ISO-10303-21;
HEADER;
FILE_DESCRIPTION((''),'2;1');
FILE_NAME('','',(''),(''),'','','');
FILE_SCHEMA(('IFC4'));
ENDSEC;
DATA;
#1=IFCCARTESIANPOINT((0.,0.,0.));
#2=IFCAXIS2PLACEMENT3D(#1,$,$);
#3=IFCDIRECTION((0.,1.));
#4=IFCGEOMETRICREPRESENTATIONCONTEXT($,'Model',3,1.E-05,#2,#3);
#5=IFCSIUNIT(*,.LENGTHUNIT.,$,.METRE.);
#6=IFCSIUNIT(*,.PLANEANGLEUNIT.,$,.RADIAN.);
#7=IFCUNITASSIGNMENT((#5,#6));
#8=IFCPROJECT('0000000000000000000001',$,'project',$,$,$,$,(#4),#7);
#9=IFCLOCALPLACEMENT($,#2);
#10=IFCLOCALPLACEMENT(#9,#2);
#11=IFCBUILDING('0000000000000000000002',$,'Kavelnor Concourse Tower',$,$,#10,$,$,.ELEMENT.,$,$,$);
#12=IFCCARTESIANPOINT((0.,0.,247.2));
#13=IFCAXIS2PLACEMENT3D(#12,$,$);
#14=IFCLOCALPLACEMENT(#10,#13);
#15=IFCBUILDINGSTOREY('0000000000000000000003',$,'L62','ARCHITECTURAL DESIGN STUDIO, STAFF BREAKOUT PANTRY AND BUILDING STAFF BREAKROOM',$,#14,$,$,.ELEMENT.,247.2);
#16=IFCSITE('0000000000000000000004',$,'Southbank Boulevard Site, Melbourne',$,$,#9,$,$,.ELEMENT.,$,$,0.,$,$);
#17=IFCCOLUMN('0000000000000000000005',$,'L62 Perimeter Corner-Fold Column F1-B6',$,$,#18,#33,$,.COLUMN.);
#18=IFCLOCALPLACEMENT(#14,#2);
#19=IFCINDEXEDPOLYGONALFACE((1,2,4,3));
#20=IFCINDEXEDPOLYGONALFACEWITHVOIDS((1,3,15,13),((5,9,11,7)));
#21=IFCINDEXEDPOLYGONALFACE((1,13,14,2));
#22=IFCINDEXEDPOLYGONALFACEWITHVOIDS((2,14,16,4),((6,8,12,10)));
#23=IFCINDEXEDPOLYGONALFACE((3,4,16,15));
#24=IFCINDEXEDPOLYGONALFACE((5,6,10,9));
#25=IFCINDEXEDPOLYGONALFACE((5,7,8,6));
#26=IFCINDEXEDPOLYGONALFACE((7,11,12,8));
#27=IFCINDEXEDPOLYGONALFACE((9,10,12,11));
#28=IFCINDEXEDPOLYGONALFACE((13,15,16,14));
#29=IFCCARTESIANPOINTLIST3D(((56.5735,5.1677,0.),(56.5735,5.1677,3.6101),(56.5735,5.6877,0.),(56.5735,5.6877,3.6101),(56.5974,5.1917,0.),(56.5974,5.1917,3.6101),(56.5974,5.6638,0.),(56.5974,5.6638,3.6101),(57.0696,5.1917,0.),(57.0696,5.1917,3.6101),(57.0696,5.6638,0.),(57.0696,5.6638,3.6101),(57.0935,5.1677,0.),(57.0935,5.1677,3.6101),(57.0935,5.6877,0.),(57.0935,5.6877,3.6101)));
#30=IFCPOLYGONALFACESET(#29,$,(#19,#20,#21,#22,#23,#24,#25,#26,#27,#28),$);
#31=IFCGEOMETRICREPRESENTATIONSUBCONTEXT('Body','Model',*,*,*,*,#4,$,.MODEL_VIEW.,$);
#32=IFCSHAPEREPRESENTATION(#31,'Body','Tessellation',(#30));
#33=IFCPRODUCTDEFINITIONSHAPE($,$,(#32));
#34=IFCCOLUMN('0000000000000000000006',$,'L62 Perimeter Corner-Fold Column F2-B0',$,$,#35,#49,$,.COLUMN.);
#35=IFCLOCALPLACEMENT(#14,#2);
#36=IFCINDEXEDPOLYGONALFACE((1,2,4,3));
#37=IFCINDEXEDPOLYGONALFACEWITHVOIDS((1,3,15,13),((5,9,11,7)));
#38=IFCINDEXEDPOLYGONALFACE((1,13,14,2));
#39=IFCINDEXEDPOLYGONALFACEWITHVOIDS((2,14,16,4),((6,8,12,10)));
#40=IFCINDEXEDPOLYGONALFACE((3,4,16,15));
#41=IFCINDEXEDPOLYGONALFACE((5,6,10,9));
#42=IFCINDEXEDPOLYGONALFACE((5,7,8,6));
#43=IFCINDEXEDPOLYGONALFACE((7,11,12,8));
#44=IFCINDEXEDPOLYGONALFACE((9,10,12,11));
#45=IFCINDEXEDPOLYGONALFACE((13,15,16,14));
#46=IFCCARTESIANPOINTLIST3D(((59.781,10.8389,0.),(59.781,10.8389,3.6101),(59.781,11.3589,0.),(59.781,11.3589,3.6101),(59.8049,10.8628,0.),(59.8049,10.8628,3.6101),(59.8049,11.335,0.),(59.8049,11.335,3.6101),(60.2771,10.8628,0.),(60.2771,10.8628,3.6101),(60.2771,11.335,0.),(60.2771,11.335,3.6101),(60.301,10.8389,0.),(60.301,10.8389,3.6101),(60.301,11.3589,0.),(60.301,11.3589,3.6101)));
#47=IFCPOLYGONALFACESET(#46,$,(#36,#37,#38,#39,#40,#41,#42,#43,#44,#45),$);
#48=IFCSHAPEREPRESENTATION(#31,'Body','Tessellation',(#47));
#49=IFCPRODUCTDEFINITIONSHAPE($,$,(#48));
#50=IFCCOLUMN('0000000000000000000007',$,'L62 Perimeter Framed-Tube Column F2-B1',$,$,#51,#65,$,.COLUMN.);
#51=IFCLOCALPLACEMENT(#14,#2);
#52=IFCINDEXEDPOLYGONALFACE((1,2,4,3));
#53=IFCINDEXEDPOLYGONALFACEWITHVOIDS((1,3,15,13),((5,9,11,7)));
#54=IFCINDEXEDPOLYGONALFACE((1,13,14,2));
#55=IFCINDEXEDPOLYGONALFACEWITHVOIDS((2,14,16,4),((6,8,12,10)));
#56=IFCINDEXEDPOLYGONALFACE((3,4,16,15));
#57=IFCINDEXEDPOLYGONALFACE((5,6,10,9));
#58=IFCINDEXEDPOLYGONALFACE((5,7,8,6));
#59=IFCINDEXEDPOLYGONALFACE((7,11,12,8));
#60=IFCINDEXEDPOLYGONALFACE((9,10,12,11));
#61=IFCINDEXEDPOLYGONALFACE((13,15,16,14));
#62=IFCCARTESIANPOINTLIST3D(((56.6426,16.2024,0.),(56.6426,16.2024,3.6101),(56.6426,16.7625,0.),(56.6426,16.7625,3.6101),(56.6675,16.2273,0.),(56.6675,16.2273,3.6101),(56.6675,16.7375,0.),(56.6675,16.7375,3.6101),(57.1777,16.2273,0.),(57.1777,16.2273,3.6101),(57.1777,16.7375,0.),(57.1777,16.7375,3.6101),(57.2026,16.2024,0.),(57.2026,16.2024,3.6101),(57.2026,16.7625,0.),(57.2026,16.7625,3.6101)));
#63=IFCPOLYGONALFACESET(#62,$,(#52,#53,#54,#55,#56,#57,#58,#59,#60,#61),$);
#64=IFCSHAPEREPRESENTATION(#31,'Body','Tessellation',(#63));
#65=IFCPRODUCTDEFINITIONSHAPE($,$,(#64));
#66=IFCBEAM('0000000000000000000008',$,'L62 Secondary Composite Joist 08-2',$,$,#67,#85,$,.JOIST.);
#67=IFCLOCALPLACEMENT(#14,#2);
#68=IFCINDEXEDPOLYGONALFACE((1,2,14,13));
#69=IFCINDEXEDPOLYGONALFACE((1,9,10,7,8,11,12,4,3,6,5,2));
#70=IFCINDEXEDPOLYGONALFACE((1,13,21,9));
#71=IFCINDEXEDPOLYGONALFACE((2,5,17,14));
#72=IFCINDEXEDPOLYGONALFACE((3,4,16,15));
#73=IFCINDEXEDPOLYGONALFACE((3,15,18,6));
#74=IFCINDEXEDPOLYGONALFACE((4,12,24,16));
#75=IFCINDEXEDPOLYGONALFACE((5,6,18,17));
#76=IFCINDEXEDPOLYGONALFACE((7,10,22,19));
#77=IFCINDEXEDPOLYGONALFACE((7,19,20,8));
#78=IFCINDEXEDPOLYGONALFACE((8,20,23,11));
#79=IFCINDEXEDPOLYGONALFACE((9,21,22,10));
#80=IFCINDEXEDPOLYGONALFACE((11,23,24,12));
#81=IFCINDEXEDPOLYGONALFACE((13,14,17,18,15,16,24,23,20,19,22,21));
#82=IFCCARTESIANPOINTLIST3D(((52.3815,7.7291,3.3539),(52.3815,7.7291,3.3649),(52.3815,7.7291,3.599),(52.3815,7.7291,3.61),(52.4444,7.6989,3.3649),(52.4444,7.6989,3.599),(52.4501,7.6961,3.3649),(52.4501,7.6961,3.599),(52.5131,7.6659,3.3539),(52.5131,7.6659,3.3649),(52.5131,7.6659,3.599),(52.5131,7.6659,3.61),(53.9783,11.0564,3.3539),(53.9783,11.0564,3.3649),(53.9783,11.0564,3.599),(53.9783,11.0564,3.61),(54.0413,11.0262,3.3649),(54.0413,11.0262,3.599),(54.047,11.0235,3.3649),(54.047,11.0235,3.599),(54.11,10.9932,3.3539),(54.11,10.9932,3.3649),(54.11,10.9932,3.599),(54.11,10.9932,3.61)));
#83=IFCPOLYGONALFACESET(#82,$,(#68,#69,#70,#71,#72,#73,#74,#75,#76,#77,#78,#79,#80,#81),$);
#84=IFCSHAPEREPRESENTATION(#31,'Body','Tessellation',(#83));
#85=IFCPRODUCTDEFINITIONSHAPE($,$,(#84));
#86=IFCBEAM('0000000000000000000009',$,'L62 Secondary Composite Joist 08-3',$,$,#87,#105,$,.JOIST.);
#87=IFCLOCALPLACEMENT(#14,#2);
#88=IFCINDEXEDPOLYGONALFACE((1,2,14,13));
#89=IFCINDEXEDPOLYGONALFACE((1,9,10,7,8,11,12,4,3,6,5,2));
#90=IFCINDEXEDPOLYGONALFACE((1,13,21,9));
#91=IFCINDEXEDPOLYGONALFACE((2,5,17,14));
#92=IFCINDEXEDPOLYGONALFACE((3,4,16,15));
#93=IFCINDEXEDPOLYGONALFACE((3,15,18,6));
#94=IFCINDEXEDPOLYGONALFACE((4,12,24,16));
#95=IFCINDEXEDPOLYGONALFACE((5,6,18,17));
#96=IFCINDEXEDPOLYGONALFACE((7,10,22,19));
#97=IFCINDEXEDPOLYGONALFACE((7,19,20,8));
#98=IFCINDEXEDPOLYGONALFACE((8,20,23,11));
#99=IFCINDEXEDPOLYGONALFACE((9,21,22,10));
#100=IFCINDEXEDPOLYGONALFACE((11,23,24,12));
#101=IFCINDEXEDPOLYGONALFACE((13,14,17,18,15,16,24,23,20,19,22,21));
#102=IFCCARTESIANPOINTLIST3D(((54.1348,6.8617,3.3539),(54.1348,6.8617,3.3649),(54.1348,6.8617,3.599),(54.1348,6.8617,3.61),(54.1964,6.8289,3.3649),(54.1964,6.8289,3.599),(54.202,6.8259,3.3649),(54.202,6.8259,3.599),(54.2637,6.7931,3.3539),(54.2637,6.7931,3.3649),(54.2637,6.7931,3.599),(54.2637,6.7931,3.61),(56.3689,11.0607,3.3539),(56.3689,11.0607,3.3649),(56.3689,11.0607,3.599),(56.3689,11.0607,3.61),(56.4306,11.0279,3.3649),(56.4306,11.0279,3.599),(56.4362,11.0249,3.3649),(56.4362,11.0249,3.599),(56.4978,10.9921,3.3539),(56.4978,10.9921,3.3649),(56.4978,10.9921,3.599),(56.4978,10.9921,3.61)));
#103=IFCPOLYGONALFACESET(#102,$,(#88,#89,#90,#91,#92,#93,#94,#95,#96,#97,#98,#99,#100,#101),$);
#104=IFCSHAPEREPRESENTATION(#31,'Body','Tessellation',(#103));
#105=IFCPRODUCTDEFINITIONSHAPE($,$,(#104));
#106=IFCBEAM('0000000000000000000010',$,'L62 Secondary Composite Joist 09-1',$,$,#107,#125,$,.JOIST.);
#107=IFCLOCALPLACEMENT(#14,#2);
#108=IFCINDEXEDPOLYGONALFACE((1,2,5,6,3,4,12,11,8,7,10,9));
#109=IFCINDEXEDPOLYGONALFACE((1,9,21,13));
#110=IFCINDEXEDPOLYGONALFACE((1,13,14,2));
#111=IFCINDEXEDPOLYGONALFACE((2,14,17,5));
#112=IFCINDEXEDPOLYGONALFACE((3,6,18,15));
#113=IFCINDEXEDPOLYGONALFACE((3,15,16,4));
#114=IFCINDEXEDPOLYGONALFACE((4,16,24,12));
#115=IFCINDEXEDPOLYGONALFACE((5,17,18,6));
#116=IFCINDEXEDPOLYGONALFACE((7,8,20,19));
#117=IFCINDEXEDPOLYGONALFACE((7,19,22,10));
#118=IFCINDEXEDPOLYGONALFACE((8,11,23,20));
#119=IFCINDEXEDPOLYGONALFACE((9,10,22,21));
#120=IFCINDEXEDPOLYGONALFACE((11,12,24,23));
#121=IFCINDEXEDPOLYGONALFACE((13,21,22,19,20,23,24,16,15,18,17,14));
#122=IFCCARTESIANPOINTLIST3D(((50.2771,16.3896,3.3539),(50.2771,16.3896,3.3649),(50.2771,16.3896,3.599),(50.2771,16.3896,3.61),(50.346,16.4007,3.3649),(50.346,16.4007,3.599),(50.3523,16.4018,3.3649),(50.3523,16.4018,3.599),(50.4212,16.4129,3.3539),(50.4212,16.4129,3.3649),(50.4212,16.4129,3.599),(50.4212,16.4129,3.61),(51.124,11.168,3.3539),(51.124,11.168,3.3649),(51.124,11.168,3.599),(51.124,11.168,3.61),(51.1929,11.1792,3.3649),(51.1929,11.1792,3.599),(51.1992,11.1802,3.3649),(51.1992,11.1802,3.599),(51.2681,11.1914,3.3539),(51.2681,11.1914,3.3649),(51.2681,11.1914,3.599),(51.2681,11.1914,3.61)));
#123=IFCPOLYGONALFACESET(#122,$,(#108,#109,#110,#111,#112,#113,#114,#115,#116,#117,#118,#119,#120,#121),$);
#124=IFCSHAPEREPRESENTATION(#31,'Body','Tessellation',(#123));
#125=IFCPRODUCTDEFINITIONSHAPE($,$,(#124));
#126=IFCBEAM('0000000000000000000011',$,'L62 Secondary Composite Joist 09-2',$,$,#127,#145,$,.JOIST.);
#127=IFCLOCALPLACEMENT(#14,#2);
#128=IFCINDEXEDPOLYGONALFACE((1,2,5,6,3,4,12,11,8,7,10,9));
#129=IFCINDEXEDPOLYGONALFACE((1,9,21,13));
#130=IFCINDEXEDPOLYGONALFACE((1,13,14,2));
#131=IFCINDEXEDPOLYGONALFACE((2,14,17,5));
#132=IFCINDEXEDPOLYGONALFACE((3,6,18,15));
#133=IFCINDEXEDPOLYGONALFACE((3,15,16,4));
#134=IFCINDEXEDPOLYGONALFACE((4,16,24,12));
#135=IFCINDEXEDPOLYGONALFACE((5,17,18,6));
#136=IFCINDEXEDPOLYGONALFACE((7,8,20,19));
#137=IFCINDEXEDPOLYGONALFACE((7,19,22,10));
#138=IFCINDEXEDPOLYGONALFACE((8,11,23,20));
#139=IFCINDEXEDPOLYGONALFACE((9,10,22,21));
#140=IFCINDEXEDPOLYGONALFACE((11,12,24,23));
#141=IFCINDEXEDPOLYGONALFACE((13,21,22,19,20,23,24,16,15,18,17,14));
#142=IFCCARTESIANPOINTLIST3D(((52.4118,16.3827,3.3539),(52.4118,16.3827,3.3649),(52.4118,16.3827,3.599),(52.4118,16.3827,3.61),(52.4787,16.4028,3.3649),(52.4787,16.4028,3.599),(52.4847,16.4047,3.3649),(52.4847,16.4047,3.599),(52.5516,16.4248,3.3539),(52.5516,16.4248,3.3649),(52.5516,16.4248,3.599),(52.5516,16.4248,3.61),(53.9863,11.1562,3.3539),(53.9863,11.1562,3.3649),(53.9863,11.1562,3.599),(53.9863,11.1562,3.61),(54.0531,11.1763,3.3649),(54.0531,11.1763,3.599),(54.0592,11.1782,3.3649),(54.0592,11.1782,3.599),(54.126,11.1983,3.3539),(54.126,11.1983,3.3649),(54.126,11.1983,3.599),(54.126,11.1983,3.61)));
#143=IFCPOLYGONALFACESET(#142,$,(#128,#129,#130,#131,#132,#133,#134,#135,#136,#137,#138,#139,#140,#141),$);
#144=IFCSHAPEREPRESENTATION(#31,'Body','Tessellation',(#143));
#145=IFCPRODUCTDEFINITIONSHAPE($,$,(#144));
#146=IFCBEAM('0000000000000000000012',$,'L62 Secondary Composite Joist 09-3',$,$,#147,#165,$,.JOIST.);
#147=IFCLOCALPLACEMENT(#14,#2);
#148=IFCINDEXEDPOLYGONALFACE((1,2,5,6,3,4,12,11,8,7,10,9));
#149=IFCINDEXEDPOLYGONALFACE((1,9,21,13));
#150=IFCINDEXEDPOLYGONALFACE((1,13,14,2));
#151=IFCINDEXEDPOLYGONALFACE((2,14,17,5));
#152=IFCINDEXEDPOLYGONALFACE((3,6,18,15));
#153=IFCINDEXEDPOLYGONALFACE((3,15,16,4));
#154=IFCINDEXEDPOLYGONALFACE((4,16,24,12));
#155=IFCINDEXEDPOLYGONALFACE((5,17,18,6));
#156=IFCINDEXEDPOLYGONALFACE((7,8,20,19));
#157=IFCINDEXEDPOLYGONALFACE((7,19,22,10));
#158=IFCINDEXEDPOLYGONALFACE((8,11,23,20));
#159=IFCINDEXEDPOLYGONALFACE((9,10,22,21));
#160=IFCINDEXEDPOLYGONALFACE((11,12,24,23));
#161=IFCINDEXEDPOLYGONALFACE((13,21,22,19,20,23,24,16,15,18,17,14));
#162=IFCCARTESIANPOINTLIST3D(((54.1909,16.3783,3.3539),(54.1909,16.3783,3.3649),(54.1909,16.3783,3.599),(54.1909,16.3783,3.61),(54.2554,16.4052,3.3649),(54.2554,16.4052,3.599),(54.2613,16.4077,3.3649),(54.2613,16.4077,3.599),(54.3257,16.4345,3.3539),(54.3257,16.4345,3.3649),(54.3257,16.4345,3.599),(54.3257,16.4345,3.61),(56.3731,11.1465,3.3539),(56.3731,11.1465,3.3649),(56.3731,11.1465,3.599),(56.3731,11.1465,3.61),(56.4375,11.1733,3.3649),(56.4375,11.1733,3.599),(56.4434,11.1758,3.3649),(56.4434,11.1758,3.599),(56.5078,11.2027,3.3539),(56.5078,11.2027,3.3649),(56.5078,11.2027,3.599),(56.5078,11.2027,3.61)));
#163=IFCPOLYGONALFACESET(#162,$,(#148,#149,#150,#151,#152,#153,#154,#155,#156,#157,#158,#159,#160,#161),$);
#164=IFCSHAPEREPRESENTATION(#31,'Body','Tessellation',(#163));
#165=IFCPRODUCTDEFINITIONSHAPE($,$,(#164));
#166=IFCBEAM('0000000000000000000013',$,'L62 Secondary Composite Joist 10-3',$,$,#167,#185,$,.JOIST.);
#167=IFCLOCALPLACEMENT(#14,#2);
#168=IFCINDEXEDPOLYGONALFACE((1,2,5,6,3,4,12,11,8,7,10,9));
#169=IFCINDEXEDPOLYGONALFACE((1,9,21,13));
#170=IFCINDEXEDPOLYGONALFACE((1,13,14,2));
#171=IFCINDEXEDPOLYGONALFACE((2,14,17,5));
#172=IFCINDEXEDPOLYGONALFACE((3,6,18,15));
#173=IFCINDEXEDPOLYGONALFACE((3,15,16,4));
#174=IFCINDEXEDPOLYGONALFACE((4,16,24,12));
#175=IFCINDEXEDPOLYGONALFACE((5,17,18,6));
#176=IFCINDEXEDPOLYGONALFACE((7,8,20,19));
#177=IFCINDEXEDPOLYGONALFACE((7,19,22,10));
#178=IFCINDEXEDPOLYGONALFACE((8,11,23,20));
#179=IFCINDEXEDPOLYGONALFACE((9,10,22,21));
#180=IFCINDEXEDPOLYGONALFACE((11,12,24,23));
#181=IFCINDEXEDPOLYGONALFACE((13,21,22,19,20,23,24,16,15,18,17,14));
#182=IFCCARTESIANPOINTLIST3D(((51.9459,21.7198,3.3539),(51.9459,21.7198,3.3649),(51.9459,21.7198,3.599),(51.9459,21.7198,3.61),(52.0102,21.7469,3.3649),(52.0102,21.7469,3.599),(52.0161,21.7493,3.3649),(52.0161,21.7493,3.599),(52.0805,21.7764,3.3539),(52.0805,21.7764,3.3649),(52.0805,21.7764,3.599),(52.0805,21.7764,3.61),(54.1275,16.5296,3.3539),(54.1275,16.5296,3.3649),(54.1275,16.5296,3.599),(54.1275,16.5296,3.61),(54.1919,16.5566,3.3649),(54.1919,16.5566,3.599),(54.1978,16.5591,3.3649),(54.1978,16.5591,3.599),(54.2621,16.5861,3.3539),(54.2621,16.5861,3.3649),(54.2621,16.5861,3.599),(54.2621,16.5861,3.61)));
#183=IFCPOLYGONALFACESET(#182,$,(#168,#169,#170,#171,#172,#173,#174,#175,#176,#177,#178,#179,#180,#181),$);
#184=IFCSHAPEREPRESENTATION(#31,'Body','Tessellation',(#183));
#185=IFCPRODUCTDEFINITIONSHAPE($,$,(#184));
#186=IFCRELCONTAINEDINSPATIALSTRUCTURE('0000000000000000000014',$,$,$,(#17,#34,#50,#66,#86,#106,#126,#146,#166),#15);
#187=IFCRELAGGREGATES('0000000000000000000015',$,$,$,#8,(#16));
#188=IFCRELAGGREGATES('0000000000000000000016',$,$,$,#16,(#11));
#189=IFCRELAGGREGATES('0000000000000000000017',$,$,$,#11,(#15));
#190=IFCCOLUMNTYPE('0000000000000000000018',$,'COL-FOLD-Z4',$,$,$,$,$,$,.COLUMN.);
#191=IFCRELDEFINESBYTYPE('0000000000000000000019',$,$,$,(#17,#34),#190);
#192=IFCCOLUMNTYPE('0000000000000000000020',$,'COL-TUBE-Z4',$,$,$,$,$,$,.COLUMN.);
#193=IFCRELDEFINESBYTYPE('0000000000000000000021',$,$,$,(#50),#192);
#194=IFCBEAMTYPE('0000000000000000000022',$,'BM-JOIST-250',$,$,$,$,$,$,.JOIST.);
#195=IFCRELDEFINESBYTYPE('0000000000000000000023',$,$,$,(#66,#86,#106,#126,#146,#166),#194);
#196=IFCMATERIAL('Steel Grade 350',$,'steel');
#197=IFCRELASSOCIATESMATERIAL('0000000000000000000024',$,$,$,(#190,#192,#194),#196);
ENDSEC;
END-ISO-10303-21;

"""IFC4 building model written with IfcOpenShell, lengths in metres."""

from ifc_helpers import new_model, si_unit, direction, frame, origin, origin_2d, place, context, subcontext, project, spatial, hollow_rectangle, i_section, extrude, material, material_profile, profile_set, type_object, element, save


model = new_model("IFC4")

# Units and contexts
model_context = context("Model", 3, precision=1e-05, world=origin(), true_north=direction((0.0, 1.0)))
body_context = subcontext(model_context, "Body", "Model", "MODEL_VIEW")
ifc_project = project(units=[si_unit("LENGTHUNIT", "METRE"), si_unit("PLANEANGLEUNIT", "RADIAN")], contexts=[model_context])

# Site, building, storey
site_placement = place(None, origin())
site = spatial("IfcSite", under=ifc_project, at=site_placement, Name="Southbank Boulevard Site, Melbourne", CompositionType="ELEMENT", RefElevation=0.0)
building_placement = place(site_placement, origin())
building = spatial("IfcBuilding", under=site, at=building_placement, Name="Kavelnor Concourse Tower", CompositionType="ELEMENT")
storey_placement = place(building_placement, frame((0.0, 0.0, 247.2)))
storey = spatial("IfcBuildingStorey", under=building, at=storey_placement, Name="L62", Description="ARCHITECTURAL DESIGN STUDIO, STAFF BREAKOUT PANTRY AND BUILDING STAFF BREAKROOM", CompositionType="ELEMENT", Elevation=247.2)

# Columns
ifc_material_1 = material(Name="Steel Grade 350", Category="steel")
ifc_material_profile_1 = material_profile(ifc_material_1, hollow_rectangle(XDim=0.52, YDim=0.52, WallThickness=0.0239, at=origin_2d()), Name="SHS 520x520x24")
ifc_profile_set_1 = profile_set([ifc_material_profile_1], Name="Steel Grade 350")
column_type_1 = type_object("IfcColumnType", Name="COL-FOLD-Z4", PredefinedType="COLUMN", material=ifc_profile_set_1)
for number, where, z_axis, x_axis, name in (
    (1, (56.8335, 5.4277, 0.0), (0.0, 0.0, 1.0), (1.0, 0.0, 0.0), "L62 Perimeter Corner-Fold Column F1-B6"),
    (2, (60.041, 11.0989, 0.0), (0.0, 0.0, 1.0), (1.0, 0.0, 0.0), "L62 Perimeter Corner-Fold Column F2-B0"),
):
    element("IfcColumn", number, at=place(storey_placement, frame(where, z_axis=z_axis, x_axis=x_axis)), inside=storey, type_object=column_type_1, Name=name, PredefinedType="COLUMN", context=body_context, shape_type="SweptSolid", body=[
        extrude(hollow_rectangle(XDim=0.52, YDim=0.52, WallThickness=0.0239, at=origin_2d()), origin(), (0.0, 0.0, 1.0), 3.6101),
    ])
ifc_material_profile_2 = material_profile(ifc_material_1, hollow_rectangle(XDim=0.5601, YDim=0.5601, WallThickness=0.0249, at=origin_2d()), Name="SHS 560x560x25")
ifc_profile_set_2 = profile_set([ifc_material_profile_2], Name="Steel Grade 350")
column_type_2 = type_object("IfcColumnType", Name="COL-TUBE-Z4", PredefinedType="COLUMN", material=ifc_profile_set_2)
column_placement = place(storey_placement, frame((56.9226, 16.4824, 0.0), z_axis=(0.0, 0.0, 1.0), x_axis=(1.0, 0.0, 0.0)))
element("IfcColumn", 3, at=column_placement, inside=storey, type_object=column_type_2, Name="L62 Perimeter Framed-Tube Column F2-B1", PredefinedType="COLUMN", context=body_context, shape_type="SweptSolid", body=[
    extrude(hollow_rectangle(XDim=0.5601, YDim=0.5601, WallThickness=0.0249, at=origin_2d()), origin(), (0.0, 0.0, 1.0), 3.6101),
])

# Beams
ifc_material_profile_3 = material_profile(ifc_material_1, i_section(OverallWidth=0.146, OverallDepth=0.2561, WebThickness=0.0063, FlangeThickness=0.011, at=origin_2d()), Name="250UB37")
ifc_profile_set_3 = profile_set([ifc_material_profile_3], Name="Steel Grade 350")
beam_type_1 = type_object("IfcBeamType", Name="BM-JOIST-250", PredefinedType="JOIST", material=ifc_profile_set_3)
beam_1_placement = place(storey_placement, frame((52.4473, 7.6975, 3.4819), z_axis=(0.432682, 0.901547, 0.0), x_axis=(-0.901547, 0.432682, 0.0)))
element("IfcBeam", 4, at=beam_1_placement, inside=storey, type_object=beam_type_1, Name="L62 Secondary Composite Joist 08-2", PredefinedType="JOIST", context=body_context, shape_type="SweptSolid", body=[
    extrude(i_section(OverallWidth=0.146, OverallDepth=0.2561, WebThickness=0.0063, FlangeThickness=0.011, at=origin_2d()), origin(), (0.0, 0.0, 1.0), 3.6907),
])
beam_2_placement = place(storey_placement, frame((54.1992, 6.8274, 3.4819), z_axis=(0.469717, 0.882817, 0.0), x_axis=(-0.882817, 0.469717, 0.0)))
element("IfcBeam", 5, at=beam_2_placement, inside=storey, type_object=beam_type_1, Name="L62 Secondary Composite Joist 08-3", PredefinedType="JOIST", context=body_context, shape_type="SweptSolid", body=[
    extrude(i_section(OverallWidth=0.146, OverallDepth=0.2561, WebThickness=0.0063, FlangeThickness=0.011, at=origin_2d()), origin(), (0.0, 0.0, 1.0), 4.7563),
])
beam_3_placement = place(storey_placement, frame((51.196, 11.1797, 3.4819), z_axis=(-0.160102, 0.987101, 0.0), x_axis=(-0.987101, -0.160102, 0.0)))
element("IfcBeam", 6, at=beam_3_placement, inside=storey, type_object=beam_type_1, Name="L62 Secondary Composite Joist 09-1", PredefinedType="JOIST", context=body_context, shape_type="SweptSolid", body=[
    extrude(i_section(OverallWidth=0.146, OverallDepth=0.2561, WebThickness=0.0063, FlangeThickness=0.011, at=origin_2d()), origin(), (0.0, 0.0, 1.0), 5.2898),
])
beam_4_placement = place(storey_placement, frame((54.0562, 11.1772, 3.4819), z_axis=(-0.288439, 0.957498, 0.0), x_axis=(-0.957498, -0.288439, 0.0)))
element("IfcBeam", 7, at=beam_4_placement, inside=storey, type_object=beam_type_1, Name="L62 Secondary Composite Joist 09-2", PredefinedType="JOIST", context=body_context, shape_type="SweptSolid", body=[
    extrude(i_section(OverallWidth=0.146, OverallDepth=0.2561, WebThickness=0.0063, FlangeThickness=0.011, at=origin_2d()), origin(), (0.0, 0.0, 1.0), 5.4585),
])
beam_5_placement = place(storey_placement, frame((56.4404, 11.1746, 3.4819), z_axis=(-0.38494, 0.922942, 0.0), x_axis=(-0.922942, -0.38494, 0.0)))
element("IfcBeam", 8, at=beam_5_placement, inside=storey, type_object=beam_type_1, Name="L62 Secondary Composite Joist 09-3", PredefinedType="JOIST", context=body_context, shape_type="SweptSolid", body=[
    extrude(i_section(OverallWidth=0.146, OverallDepth=0.2561, WebThickness=0.0063, FlangeThickness=0.011, at=origin_2d()), origin(), (0.0, 0.0, 1.0), 5.6687),
])
beam_6_placement = place(storey_placement, frame((54.1948, 16.5579, 3.4819), z_axis=(-0.387499, 0.92187, 0.0), x_axis=(-0.92187, -0.387499, 0.0)))
element("IfcBeam", 9, at=beam_6_placement, inside=storey, type_object=beam_type_1, Name="L62 Secondary Composite Joist 10-3", PredefinedType="JOIST", context=body_context, shape_type="SweptSolid", body=[
    extrude(i_section(OverallWidth=0.146, OverallDepth=0.2561, WebThickness=0.0063, FlangeThickness=0.011, at=origin_2d()), origin(), (0.0, 0.0, 1.0), 5.6301),
])

save(model, "model.ifc")
